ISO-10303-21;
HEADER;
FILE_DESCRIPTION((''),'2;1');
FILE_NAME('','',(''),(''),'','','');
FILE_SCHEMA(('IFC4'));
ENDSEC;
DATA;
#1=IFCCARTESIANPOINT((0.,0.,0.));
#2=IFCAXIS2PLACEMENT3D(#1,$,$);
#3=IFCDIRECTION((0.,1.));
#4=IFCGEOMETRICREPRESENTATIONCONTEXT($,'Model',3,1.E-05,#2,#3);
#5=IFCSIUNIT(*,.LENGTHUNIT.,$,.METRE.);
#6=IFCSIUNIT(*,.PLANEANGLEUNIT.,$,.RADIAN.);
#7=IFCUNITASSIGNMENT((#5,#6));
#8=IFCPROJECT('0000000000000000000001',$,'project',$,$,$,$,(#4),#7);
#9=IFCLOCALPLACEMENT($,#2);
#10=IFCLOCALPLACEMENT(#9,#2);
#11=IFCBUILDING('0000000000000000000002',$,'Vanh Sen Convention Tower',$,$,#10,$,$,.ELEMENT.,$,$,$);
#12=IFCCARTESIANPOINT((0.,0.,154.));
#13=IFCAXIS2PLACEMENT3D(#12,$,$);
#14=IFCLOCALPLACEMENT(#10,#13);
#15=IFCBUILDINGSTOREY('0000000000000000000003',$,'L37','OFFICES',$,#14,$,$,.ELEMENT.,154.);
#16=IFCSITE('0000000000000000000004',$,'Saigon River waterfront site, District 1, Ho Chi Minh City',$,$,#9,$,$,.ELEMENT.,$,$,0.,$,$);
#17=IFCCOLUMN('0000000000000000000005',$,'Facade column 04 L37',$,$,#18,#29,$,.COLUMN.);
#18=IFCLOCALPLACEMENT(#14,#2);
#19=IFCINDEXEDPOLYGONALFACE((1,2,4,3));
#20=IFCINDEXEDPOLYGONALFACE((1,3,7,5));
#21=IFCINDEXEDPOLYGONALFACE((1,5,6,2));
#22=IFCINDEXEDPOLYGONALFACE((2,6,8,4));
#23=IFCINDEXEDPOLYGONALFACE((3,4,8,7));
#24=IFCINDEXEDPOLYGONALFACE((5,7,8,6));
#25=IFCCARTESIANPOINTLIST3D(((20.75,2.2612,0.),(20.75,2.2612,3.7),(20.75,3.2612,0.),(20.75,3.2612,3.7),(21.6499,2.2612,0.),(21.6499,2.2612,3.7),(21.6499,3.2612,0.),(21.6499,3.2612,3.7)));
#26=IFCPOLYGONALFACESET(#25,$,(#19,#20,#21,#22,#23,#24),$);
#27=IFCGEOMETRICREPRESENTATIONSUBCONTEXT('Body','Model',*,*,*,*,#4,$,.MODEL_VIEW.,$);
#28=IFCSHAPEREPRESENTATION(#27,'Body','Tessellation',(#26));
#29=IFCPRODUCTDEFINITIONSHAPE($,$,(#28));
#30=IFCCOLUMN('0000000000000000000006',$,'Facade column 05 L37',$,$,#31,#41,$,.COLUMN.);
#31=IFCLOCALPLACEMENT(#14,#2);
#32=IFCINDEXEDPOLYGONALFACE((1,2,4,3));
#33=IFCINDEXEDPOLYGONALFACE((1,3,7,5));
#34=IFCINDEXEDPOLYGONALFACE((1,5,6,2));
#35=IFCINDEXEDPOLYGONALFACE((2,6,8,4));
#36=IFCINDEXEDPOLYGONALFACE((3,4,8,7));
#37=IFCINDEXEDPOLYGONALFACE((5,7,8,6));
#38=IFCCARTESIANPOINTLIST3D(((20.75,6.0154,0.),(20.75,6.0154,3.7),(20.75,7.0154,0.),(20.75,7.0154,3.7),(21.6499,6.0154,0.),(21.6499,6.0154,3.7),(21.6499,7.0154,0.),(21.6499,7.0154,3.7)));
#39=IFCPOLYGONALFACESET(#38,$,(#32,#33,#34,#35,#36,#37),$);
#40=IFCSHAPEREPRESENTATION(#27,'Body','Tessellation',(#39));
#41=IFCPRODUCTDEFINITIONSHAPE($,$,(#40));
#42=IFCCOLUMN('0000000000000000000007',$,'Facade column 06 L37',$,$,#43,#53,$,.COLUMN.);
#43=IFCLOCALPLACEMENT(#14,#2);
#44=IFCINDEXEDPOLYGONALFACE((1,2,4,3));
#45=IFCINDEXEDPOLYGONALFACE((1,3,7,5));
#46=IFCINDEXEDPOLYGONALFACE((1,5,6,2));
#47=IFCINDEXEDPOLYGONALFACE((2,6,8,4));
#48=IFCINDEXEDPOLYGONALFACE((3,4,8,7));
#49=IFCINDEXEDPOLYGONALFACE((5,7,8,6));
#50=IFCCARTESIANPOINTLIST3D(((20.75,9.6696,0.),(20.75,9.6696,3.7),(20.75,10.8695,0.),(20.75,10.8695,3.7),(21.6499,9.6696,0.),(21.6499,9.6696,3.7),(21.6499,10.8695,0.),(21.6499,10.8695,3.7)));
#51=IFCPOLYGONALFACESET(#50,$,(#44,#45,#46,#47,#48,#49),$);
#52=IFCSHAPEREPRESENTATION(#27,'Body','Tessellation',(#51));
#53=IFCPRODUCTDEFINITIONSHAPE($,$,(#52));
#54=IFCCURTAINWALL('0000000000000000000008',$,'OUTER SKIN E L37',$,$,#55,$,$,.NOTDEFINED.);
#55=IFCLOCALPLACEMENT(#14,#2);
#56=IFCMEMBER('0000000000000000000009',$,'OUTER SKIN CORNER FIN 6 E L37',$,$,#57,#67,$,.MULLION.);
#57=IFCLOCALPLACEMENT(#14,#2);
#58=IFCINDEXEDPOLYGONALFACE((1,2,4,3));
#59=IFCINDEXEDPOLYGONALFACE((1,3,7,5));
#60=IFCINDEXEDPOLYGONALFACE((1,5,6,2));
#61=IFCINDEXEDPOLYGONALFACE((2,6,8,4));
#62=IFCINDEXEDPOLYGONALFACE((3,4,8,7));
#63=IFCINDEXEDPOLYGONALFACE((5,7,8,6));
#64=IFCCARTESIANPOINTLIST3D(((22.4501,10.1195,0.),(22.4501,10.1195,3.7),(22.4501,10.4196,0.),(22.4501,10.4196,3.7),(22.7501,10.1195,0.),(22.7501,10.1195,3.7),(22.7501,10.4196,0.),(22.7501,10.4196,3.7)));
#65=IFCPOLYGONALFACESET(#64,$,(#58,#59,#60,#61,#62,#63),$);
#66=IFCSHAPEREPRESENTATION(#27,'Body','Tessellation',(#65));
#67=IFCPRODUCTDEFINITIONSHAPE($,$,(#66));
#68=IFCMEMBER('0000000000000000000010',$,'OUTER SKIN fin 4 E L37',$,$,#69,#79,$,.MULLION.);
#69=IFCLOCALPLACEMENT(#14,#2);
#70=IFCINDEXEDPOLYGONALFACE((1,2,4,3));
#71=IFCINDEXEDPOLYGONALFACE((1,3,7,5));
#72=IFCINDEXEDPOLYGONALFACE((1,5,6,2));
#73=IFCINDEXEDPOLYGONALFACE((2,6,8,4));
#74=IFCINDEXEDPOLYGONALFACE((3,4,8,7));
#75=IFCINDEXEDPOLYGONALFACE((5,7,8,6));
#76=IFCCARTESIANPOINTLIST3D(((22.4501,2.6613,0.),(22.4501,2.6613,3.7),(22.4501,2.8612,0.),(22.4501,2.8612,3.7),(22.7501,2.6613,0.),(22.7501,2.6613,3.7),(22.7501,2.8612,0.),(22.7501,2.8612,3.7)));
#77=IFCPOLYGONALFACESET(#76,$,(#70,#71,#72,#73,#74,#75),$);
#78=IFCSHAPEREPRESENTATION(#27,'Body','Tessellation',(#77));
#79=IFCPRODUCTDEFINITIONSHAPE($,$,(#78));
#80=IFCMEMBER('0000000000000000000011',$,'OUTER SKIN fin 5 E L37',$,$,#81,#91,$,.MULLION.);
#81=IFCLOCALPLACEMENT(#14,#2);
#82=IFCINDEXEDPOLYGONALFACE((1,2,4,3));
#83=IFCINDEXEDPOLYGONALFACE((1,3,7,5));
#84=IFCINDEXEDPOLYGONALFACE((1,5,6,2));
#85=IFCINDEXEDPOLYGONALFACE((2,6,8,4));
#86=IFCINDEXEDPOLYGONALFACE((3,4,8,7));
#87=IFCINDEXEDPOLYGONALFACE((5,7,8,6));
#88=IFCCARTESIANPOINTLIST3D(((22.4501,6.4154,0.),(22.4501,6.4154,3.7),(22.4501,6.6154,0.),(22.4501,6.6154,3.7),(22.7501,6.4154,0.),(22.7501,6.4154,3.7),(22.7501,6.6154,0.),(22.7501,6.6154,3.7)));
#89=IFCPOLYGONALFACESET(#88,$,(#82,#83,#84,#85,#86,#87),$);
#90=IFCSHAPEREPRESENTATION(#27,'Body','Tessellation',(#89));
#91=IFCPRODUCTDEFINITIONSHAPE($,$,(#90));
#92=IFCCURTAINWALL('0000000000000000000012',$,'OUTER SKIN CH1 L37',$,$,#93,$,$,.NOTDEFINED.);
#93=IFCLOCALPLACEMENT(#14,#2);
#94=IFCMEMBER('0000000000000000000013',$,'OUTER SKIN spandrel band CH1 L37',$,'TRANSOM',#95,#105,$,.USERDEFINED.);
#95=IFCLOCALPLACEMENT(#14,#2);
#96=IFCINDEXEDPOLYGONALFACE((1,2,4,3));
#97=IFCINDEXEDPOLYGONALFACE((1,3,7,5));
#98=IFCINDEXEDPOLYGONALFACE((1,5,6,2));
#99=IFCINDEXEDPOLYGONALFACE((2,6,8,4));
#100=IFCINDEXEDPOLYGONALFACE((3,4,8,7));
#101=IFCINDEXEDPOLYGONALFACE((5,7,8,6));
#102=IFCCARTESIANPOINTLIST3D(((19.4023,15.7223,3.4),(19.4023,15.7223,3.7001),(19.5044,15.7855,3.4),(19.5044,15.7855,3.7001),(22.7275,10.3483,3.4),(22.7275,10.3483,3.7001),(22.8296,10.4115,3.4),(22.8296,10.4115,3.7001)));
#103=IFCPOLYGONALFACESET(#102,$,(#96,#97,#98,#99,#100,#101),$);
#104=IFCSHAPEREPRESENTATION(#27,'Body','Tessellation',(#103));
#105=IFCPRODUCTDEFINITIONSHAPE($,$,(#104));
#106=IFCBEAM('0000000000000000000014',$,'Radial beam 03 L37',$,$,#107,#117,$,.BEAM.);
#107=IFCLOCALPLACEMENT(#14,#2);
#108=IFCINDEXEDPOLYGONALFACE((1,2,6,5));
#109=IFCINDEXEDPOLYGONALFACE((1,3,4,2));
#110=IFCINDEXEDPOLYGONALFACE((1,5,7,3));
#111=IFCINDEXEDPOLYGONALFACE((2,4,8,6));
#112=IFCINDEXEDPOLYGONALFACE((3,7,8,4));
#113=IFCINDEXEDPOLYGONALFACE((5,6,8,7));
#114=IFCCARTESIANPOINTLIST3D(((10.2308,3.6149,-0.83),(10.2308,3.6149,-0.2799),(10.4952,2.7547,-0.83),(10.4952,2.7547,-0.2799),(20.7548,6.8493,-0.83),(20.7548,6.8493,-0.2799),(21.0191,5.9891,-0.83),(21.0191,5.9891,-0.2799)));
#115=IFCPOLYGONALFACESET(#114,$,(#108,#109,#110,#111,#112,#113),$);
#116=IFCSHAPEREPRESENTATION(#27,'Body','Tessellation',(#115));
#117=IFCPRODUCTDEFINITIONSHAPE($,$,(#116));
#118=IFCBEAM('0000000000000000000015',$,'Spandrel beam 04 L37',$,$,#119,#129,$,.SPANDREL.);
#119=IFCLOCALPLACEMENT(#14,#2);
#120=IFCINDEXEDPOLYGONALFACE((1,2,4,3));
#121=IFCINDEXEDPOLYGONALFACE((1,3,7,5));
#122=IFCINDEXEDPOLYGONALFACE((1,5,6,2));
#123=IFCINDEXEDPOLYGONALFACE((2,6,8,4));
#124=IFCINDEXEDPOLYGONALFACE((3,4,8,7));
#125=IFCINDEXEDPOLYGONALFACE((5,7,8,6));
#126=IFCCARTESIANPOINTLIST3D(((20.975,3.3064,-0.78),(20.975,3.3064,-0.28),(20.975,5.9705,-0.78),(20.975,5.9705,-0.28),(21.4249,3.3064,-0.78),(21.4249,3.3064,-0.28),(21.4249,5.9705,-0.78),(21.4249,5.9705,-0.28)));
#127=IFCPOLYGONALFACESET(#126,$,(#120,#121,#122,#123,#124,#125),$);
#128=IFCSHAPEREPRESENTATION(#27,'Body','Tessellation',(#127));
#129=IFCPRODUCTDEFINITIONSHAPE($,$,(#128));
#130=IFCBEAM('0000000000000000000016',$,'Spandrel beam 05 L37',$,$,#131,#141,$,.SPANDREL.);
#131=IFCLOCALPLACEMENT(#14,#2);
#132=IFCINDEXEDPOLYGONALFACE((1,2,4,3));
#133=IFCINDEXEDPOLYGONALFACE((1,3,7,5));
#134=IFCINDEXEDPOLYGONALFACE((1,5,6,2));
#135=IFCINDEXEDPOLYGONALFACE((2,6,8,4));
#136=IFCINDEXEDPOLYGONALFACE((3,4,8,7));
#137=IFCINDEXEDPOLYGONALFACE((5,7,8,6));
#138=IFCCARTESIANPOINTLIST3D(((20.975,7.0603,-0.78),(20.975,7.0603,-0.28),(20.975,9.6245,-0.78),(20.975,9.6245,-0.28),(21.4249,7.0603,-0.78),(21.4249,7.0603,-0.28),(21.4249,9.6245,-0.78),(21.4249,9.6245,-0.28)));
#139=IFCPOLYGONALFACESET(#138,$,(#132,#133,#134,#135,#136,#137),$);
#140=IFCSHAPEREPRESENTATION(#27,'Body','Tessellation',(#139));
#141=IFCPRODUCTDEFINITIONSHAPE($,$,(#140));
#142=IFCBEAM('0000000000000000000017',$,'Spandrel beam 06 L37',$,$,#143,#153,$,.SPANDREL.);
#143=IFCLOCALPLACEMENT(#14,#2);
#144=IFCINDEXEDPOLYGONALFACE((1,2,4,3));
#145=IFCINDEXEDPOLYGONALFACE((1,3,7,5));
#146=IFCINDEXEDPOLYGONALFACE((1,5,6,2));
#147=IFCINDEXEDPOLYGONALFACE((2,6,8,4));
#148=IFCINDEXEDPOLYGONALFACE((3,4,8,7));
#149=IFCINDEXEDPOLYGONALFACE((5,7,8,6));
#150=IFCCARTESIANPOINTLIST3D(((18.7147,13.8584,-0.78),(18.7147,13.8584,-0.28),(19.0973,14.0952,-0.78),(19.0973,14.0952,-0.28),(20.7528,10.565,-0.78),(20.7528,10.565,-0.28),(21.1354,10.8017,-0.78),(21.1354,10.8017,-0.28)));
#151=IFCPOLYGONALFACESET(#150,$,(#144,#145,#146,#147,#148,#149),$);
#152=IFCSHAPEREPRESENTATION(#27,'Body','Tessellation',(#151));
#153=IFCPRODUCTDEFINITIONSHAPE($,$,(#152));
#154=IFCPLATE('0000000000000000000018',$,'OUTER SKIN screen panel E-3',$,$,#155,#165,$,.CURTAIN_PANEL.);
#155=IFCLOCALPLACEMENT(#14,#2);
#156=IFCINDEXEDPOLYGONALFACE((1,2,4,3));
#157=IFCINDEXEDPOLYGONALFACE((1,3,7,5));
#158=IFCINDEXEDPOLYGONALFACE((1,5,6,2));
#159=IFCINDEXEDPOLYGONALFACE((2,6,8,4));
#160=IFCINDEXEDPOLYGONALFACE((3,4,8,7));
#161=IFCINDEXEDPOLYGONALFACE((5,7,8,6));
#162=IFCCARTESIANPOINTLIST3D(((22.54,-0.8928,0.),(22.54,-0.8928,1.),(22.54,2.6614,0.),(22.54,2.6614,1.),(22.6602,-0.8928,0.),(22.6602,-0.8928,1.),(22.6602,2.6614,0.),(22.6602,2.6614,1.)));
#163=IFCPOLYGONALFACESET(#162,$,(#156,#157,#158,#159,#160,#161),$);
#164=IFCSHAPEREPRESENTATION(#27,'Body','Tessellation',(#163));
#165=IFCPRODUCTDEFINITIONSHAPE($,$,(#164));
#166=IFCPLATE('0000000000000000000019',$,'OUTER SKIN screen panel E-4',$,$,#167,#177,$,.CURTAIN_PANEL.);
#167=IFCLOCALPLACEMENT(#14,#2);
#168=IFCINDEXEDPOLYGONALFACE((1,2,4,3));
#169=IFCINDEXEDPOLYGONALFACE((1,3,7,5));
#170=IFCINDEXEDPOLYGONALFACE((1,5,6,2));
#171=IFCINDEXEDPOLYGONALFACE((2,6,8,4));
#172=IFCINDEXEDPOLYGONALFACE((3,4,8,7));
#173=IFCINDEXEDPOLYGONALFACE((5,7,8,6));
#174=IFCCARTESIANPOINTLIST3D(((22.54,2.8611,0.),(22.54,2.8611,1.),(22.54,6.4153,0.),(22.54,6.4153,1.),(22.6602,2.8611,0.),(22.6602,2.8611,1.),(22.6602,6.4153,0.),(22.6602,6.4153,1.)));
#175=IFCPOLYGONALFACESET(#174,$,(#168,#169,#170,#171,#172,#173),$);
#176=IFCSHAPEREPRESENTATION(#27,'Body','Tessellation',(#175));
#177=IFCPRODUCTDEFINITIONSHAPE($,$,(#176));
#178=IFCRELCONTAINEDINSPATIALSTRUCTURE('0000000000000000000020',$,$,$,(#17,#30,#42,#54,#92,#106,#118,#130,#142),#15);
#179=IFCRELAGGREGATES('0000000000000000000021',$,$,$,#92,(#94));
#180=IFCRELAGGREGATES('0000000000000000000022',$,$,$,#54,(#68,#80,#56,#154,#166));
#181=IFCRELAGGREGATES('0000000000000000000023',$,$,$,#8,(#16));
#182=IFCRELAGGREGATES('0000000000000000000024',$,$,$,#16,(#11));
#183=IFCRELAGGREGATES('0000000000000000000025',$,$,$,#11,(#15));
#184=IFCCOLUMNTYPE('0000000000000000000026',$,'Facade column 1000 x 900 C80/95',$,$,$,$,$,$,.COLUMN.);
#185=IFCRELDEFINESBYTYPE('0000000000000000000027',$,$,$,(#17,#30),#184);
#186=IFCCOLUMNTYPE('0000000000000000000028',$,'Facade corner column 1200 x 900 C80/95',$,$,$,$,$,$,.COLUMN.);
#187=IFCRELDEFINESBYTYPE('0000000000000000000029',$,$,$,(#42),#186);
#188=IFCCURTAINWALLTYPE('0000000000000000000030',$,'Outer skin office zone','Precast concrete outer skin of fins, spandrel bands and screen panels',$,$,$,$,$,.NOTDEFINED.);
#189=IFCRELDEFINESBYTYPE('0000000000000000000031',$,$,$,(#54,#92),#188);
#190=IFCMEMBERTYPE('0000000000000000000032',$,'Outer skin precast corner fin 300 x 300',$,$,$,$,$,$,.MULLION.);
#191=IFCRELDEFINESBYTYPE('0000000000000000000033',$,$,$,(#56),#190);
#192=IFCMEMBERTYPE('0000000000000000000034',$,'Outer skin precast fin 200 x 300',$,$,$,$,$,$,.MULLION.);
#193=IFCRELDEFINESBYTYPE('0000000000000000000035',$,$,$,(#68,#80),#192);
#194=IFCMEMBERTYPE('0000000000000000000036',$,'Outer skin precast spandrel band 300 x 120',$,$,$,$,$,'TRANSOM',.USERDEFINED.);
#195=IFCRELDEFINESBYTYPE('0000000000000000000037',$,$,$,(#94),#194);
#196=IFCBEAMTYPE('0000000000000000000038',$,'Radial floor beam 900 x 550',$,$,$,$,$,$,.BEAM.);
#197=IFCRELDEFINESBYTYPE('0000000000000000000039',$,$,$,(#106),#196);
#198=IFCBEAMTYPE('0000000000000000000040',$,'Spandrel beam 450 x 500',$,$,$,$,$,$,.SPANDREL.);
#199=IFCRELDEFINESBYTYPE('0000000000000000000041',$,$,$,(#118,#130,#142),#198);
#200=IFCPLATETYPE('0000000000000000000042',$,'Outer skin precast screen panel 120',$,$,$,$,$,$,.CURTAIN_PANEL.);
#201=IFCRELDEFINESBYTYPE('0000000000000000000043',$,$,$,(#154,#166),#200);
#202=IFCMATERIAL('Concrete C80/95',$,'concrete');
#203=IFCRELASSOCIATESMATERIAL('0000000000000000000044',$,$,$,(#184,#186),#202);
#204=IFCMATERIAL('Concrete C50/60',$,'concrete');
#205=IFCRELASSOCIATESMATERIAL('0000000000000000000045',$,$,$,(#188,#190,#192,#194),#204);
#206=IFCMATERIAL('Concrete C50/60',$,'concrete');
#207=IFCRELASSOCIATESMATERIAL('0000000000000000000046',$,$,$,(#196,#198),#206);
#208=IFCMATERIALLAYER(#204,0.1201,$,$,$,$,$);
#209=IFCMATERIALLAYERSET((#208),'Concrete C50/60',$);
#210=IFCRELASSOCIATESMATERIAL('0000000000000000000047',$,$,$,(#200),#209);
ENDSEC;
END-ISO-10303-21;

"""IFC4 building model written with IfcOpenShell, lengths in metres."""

from ifc_helpers import new_model, si_unit, direction, frame, origin, origin_2d, place, context, subcontext, project, spatial, rectangle, extrude, material, layer, layer_set, material_profile, profile_set, type_object, element, aggregate, save


model = new_model("IFC4")

# Units and contexts
model_context = context("Model", 3, precision=1e-05, world=origin(), true_north=direction((0.0, 1.0)))
body_context = subcontext(model_context, "Body", "Model", "MODEL_VIEW")
ifc_project = project(units=[si_unit("LENGTHUNIT", "METRE"), si_unit("PLANEANGLEUNIT", "RADIAN")], contexts=[model_context])

# Site, building, storey
site_placement = place(None, origin())
site = spatial("IfcSite", under=ifc_project, at=site_placement, Name="Saigon River waterfront site, District 1, Ho Chi Minh City", CompositionType="ELEMENT", RefElevation=0.0)
building_placement = place(site_placement, origin())
building = spatial("IfcBuilding", under=site, at=building_placement, Name="Vanh Sen Convention Tower", CompositionType="ELEMENT")
storey_placement = place(building_placement, frame((0.0, 0.0, 154.0)))
storey = spatial("IfcBuildingStorey", under=building, at=storey_placement, Name="L37", Description="OFFICES", CompositionType="ELEMENT", Elevation=154.0)

# Columns
ifc_material_1 = material(Name="Concrete C80/95", Category="concrete")
ifc_material_profile_1 = material_profile(ifc_material_1, rectangle(XDim=1.0, YDim=0.8999, at=origin_2d()), Name="RC 1000X900")
ifc_profile_set_1 = profile_set([ifc_material_profile_1], Name="Concrete C80/95")
column_type_1 = type_object("IfcColumnType", Name="Facade column 1000 x 900 C80/95", PredefinedType="COLUMN", material=ifc_profile_set_1)
for number, where, z_axis, x_axis, name in (
    (1, (21.2, 2.7612, 0.0), (0.0, 0.0, 1.0), (0.0, 1.0, 0.0), "Facade column 04 L37"),
    (2, (21.2, 6.5154, 0.0), (0.0, 0.0, 1.0), (0.0, 1.0, 0.0), "Facade column 05 L37"),
):
    element("IfcColumn", number, at=place(storey_placement, frame(where, z_axis=z_axis, x_axis=x_axis)), inside=storey, type_object=column_type_1, Name=name, PredefinedType="COLUMN", context=body_context, shape_type="SweptSolid", body=[
        extrude(rectangle(XDim=1.0, YDim=0.8999, at=origin_2d()), origin(), (0.0, 0.0, 1.0), 3.7),
    ])
ifc_material_profile_2 = material_profile(ifc_material_1, rectangle(XDim=1.2, YDim=0.8999, at=origin_2d()), Name="RC 1200X900")
ifc_profile_set_2 = profile_set([ifc_material_profile_2], Name="Concrete C80/95")
column_type_2 = type_object("IfcColumnType", Name="Facade corner column 1200 x 900 C80/95", PredefinedType="COLUMN", material=ifc_profile_set_2)
column_placement = place(storey_placement, frame((21.2, 10.2695, 0.0), z_axis=(0.0, 0.0, 1.0), x_axis=(0.0, 1.0, 0.0)))
element("IfcColumn", 3, at=column_placement, inside=storey, type_object=column_type_2, Name="Facade column 06 L37", PredefinedType="COLUMN", context=body_context, shape_type="SweptSolid", body=[
    extrude(rectangle(XDim=1.2, YDim=0.8999, at=origin_2d()), origin(), (0.0, 0.0, 1.0), 3.7),
])

# Curtain wall, members
ifc_material_2 = material(Name="Concrete C50/60", Category="concrete")
curtain_wall_type = type_object("IfcCurtainWallType", Name="Outer skin office zone", Description="Precast concrete outer skin of fins, spandrel bands and screen panels", PredefinedType="NOTDEFINED", material=ifc_material_2)
curtain_wall_1_placement = place(storey_placement, origin())
curtain_wall_1 = element("IfcCurtainWall", 4, at=curtain_wall_1_placement, inside=storey, type_object=curtain_wall_type, Name="OUTER SKIN E L37", PredefinedType="NOTDEFINED")
ifc_material_profile_3 = material_profile(ifc_material_2, rectangle(XDim=0.3, YDim=0.3, at=origin_2d()), Name="Outer skin precast corner fin 300 x 300")
ifc_profile_set_3 = profile_set([ifc_material_profile_3], Name="Concrete C50/60")
member_type_1 = type_object("IfcMemberType", Name="Outer skin precast corner fin 300 x 300", PredefinedType="MULLION", material=ifc_profile_set_3)
member_1_placement = place(storey_placement, frame((22.6001, 10.2695, 0.0), z_axis=(0.0, 0.0, 1.0), x_axis=(0.0, 1.0, 0.0)))
member_1 = element("IfcMember", 5, at=member_1_placement, type_object=member_type_1, Name="OUTER SKIN CORNER FIN 6 E L37", PredefinedType="MULLION", context=body_context, shape_type="SweptSolid", body=[
    extrude(rectangle(XDim=0.3, YDim=0.3, at=origin_2d()), origin(), (0.0, 0.0, 1.0), 3.7),
])
ifc_material_profile_4 = material_profile(ifc_material_2, rectangle(XDim=0.2, YDim=0.3, at=origin_2d()), Name="Outer skin precast fin 200 x 300")
ifc_profile_set_4 = profile_set([ifc_material_profile_4], Name="Concrete C50/60")
member_type_2 = type_object("IfcMemberType", Name="Outer skin precast fin 200 x 300", PredefinedType="MULLION", material=ifc_profile_set_4)
member_2_placement = place(storey_placement, frame((22.6001, 2.7612, 0.0), z_axis=(0.0, 0.0, 1.0), x_axis=(0.0, 1.0, 0.0)))
member_2 = element("IfcMember", 6, at=member_2_placement, type_object=member_type_2, Name="OUTER SKIN fin 4 E L37", PredefinedType="MULLION", context=body_context, shape_type="SweptSolid", body=[
    extrude(rectangle(XDim=0.2, YDim=0.3, at=origin_2d()), origin(), (0.0, 0.0, 1.0), 3.7),
])
member_3_placement = place(storey_placement, frame((22.6001, 6.5154, 0.0), z_axis=(0.0, 0.0, 1.0), x_axis=(0.0, 1.0, 0.0)))
member_3 = element("IfcMember", 7, at=member_3_placement, type_object=member_type_2, Name="OUTER SKIN fin 5 E L37", PredefinedType="MULLION", context=body_context, shape_type="SweptSolid", body=[
    extrude(rectangle(XDim=0.2, YDim=0.3, at=origin_2d()), origin(), (0.0, 0.0, 1.0), 3.7),
])

# Curtain wall, member
curtain_wall_2_placement = place(storey_placement, origin())
curtain_wall_2 = element("IfcCurtainWall", 8, at=curtain_wall_2_placement, inside=storey, type_object=curtain_wall_type, Name="OUTER SKIN CH1 L37", PredefinedType="NOTDEFINED")
ifc_material_profile_5 = material_profile(ifc_material_2, rectangle(XDim=0.1201, YDim=0.3, at=origin_2d()), Name="Outer skin precast spandrel band 300 x 120")
ifc_profile_set_5 = profile_set([ifc_material_profile_5], Name="Concrete C50/60")
member_type_3 = type_object("IfcMemberType", Name="Outer skin precast spandrel band 300 x 120", ElementType="TRANSOM", PredefinedType="USERDEFINED", material=ifc_profile_set_5)
member_4_placement = place(storey_placement, frame((22.7786, 10.3799, 3.55), z_axis=(-0.526174, 0.850377, 0.0), x_axis=(-0.850377, -0.526174, 0.0)))
member_4 = element("IfcMember", 9, at=member_4_placement, type_object=member_type_3, Name="OUTER SKIN spandrel band CH1 L37", ObjectType="TRANSOM", PredefinedType="USERDEFINED", context=body_context, shape_type="SweptSolid", body=[
    extrude(rectangle(XDim=0.1201, YDim=0.3, at=origin_2d()), origin(), (0.0, 0.0, 1.0), 6.3196),
])
aggregate(curtain_wall_2, [member_4])

# Beams
ifc_material_3 = material(Name="Concrete C50/60", Category="concrete")
ifc_material_profile_6 = material_profile(ifc_material_3, rectangle(XDim=0.8999, YDim=0.55, at=origin_2d()), Name="RC 900X550")
ifc_profile_set_6 = profile_set([ifc_material_profile_6], Name="Concrete C50/60")
beam_type_1 = type_object("IfcBeamType", Name="Radial floor beam 900 x 550", PredefinedType="BEAM", material=ifc_profile_set_6)
beam_1_placement = place(storey_placement, frame((20.887, 6.4192, -0.5549), z_axis=(-0.955875, -0.293774, 0.0), x_axis=(0.293774, -0.955875, 0.0)))
element("IfcBeam", 10, at=beam_1_placement, inside=storey, type_object=beam_type_1, Name="Radial beam 03 L37", PredefinedType="BEAM", context=body_context, shape_type="SweptSolid", body=[
    extrude(rectangle(XDim=0.8999, YDim=0.55, at=origin_2d()), origin(), (0.0, 0.0, 1.0), 11.0098),
])
ifc_material_profile_7 = material_profile(ifc_material_3, rectangle(XDim=0.45, YDim=0.5, at=origin_2d()), Name="RC 450X500")
ifc_profile_set_7 = profile_set([ifc_material_profile_7], Name="Concrete C50/60")
beam_type_2 = type_object("IfcBeamType", Name="Spandrel beam 450 x 500", PredefinedType="SPANDREL", material=ifc_profile_set_7)
beam_2_placement = place(storey_placement, frame((21.2, 3.3064, -0.53), z_axis=(0.0, 1.0, 0.0), x_axis=(-1.0, 0.0, 0.0)))
element("IfcBeam", 11, at=beam_2_placement, inside=storey, type_object=beam_type_2, Name="Spandrel beam 04 L37", PredefinedType="SPANDREL", context=body_context, shape_type="SweptSolid", body=[
    extrude(rectangle(XDim=0.45, YDim=0.5, at=origin_2d()), origin(), (0.0, 0.0, 1.0), 2.6641),
])
beam_3_placement = place(storey_placement, frame((21.2, 7.0603, -0.53), z_axis=(0.0, 1.0, 0.0), x_axis=(-1.0, 0.0, 0.0)))
element("IfcBeam", 12, at=beam_3_placement, inside=storey, type_object=beam_type_2, Name="Spandrel beam 05 L37", PredefinedType="SPANDREL", context=body_context, shape_type="SweptSolid", body=[
    extrude(rectangle(XDim=0.45, YDim=0.5, at=origin_2d()), origin(), (0.0, 0.0, 1.0), 2.5642),
])
beam_4_placement = place(storey_placement, frame((20.9441, 10.6833, -0.53), z_axis=(-0.52622, 0.850348, 0.0), x_axis=(-0.850348, -0.52622, 0.0)))
element("IfcBeam", 13, at=beam_4_placement, inside=storey, type_object=beam_type_2, Name="Spandrel beam 06 L37", PredefinedType="SPANDREL", context=body_context, shape_type="SweptSolid", body=[
    extrude(rectangle(XDim=0.45, YDim=0.5, at=origin_2d()), origin(), (0.0, 0.0, 1.0), 3.873),
])

# Plates
ifc_layer_1 = layer(ifc_material_2, 0.1201)
ifc_layer_set_1 = layer_set([ifc_layer_1], Name="Concrete C50/60")
plate_type = type_object("IfcPlateType", Name="Outer skin precast screen panel 120", PredefinedType="CURTAIN_PANEL", material=ifc_layer_set_1)
plate_1_placement = place(storey_placement, frame((22.6001, 0.8843, 0.0), z_axis=(0.0, 0.0, 1.0), x_axis=(0.0, 1.0, 0.0)))
plate_1 = element("IfcPlate", 14, at=plate_1_placement, type_object=plate_type, Name="OUTER SKIN screen panel E-3", PredefinedType="CURTAIN_PANEL", context=body_context, shape_type="SweptSolid", body=[
    extrude(rectangle(XDim=3.5542, YDim=0.1201, at=origin_2d()), origin(), (0.0, 0.0, 1.0), 1.0),
])
plate_2_placement = place(storey_placement, frame((22.6001, 4.6382, 0.0), z_axis=(0.0, 0.0, 1.0), x_axis=(0.0, 1.0, 0.0)))
plate_2 = element("IfcPlate", 15, at=plate_2_placement, type_object=plate_type, Name="OUTER SKIN screen panel E-4", PredefinedType="CURTAIN_PANEL", context=body_context, shape_type="SweptSolid", body=[
    extrude(rectangle(XDim=3.5542, YDim=0.1201, at=origin_2d()), origin(), (0.0, 0.0, 1.0), 1.0),
])
aggregate(curtain_wall_1, [member_2, member_3, member_1, plate_1, plate_2])

save(model, "model.ifc")
